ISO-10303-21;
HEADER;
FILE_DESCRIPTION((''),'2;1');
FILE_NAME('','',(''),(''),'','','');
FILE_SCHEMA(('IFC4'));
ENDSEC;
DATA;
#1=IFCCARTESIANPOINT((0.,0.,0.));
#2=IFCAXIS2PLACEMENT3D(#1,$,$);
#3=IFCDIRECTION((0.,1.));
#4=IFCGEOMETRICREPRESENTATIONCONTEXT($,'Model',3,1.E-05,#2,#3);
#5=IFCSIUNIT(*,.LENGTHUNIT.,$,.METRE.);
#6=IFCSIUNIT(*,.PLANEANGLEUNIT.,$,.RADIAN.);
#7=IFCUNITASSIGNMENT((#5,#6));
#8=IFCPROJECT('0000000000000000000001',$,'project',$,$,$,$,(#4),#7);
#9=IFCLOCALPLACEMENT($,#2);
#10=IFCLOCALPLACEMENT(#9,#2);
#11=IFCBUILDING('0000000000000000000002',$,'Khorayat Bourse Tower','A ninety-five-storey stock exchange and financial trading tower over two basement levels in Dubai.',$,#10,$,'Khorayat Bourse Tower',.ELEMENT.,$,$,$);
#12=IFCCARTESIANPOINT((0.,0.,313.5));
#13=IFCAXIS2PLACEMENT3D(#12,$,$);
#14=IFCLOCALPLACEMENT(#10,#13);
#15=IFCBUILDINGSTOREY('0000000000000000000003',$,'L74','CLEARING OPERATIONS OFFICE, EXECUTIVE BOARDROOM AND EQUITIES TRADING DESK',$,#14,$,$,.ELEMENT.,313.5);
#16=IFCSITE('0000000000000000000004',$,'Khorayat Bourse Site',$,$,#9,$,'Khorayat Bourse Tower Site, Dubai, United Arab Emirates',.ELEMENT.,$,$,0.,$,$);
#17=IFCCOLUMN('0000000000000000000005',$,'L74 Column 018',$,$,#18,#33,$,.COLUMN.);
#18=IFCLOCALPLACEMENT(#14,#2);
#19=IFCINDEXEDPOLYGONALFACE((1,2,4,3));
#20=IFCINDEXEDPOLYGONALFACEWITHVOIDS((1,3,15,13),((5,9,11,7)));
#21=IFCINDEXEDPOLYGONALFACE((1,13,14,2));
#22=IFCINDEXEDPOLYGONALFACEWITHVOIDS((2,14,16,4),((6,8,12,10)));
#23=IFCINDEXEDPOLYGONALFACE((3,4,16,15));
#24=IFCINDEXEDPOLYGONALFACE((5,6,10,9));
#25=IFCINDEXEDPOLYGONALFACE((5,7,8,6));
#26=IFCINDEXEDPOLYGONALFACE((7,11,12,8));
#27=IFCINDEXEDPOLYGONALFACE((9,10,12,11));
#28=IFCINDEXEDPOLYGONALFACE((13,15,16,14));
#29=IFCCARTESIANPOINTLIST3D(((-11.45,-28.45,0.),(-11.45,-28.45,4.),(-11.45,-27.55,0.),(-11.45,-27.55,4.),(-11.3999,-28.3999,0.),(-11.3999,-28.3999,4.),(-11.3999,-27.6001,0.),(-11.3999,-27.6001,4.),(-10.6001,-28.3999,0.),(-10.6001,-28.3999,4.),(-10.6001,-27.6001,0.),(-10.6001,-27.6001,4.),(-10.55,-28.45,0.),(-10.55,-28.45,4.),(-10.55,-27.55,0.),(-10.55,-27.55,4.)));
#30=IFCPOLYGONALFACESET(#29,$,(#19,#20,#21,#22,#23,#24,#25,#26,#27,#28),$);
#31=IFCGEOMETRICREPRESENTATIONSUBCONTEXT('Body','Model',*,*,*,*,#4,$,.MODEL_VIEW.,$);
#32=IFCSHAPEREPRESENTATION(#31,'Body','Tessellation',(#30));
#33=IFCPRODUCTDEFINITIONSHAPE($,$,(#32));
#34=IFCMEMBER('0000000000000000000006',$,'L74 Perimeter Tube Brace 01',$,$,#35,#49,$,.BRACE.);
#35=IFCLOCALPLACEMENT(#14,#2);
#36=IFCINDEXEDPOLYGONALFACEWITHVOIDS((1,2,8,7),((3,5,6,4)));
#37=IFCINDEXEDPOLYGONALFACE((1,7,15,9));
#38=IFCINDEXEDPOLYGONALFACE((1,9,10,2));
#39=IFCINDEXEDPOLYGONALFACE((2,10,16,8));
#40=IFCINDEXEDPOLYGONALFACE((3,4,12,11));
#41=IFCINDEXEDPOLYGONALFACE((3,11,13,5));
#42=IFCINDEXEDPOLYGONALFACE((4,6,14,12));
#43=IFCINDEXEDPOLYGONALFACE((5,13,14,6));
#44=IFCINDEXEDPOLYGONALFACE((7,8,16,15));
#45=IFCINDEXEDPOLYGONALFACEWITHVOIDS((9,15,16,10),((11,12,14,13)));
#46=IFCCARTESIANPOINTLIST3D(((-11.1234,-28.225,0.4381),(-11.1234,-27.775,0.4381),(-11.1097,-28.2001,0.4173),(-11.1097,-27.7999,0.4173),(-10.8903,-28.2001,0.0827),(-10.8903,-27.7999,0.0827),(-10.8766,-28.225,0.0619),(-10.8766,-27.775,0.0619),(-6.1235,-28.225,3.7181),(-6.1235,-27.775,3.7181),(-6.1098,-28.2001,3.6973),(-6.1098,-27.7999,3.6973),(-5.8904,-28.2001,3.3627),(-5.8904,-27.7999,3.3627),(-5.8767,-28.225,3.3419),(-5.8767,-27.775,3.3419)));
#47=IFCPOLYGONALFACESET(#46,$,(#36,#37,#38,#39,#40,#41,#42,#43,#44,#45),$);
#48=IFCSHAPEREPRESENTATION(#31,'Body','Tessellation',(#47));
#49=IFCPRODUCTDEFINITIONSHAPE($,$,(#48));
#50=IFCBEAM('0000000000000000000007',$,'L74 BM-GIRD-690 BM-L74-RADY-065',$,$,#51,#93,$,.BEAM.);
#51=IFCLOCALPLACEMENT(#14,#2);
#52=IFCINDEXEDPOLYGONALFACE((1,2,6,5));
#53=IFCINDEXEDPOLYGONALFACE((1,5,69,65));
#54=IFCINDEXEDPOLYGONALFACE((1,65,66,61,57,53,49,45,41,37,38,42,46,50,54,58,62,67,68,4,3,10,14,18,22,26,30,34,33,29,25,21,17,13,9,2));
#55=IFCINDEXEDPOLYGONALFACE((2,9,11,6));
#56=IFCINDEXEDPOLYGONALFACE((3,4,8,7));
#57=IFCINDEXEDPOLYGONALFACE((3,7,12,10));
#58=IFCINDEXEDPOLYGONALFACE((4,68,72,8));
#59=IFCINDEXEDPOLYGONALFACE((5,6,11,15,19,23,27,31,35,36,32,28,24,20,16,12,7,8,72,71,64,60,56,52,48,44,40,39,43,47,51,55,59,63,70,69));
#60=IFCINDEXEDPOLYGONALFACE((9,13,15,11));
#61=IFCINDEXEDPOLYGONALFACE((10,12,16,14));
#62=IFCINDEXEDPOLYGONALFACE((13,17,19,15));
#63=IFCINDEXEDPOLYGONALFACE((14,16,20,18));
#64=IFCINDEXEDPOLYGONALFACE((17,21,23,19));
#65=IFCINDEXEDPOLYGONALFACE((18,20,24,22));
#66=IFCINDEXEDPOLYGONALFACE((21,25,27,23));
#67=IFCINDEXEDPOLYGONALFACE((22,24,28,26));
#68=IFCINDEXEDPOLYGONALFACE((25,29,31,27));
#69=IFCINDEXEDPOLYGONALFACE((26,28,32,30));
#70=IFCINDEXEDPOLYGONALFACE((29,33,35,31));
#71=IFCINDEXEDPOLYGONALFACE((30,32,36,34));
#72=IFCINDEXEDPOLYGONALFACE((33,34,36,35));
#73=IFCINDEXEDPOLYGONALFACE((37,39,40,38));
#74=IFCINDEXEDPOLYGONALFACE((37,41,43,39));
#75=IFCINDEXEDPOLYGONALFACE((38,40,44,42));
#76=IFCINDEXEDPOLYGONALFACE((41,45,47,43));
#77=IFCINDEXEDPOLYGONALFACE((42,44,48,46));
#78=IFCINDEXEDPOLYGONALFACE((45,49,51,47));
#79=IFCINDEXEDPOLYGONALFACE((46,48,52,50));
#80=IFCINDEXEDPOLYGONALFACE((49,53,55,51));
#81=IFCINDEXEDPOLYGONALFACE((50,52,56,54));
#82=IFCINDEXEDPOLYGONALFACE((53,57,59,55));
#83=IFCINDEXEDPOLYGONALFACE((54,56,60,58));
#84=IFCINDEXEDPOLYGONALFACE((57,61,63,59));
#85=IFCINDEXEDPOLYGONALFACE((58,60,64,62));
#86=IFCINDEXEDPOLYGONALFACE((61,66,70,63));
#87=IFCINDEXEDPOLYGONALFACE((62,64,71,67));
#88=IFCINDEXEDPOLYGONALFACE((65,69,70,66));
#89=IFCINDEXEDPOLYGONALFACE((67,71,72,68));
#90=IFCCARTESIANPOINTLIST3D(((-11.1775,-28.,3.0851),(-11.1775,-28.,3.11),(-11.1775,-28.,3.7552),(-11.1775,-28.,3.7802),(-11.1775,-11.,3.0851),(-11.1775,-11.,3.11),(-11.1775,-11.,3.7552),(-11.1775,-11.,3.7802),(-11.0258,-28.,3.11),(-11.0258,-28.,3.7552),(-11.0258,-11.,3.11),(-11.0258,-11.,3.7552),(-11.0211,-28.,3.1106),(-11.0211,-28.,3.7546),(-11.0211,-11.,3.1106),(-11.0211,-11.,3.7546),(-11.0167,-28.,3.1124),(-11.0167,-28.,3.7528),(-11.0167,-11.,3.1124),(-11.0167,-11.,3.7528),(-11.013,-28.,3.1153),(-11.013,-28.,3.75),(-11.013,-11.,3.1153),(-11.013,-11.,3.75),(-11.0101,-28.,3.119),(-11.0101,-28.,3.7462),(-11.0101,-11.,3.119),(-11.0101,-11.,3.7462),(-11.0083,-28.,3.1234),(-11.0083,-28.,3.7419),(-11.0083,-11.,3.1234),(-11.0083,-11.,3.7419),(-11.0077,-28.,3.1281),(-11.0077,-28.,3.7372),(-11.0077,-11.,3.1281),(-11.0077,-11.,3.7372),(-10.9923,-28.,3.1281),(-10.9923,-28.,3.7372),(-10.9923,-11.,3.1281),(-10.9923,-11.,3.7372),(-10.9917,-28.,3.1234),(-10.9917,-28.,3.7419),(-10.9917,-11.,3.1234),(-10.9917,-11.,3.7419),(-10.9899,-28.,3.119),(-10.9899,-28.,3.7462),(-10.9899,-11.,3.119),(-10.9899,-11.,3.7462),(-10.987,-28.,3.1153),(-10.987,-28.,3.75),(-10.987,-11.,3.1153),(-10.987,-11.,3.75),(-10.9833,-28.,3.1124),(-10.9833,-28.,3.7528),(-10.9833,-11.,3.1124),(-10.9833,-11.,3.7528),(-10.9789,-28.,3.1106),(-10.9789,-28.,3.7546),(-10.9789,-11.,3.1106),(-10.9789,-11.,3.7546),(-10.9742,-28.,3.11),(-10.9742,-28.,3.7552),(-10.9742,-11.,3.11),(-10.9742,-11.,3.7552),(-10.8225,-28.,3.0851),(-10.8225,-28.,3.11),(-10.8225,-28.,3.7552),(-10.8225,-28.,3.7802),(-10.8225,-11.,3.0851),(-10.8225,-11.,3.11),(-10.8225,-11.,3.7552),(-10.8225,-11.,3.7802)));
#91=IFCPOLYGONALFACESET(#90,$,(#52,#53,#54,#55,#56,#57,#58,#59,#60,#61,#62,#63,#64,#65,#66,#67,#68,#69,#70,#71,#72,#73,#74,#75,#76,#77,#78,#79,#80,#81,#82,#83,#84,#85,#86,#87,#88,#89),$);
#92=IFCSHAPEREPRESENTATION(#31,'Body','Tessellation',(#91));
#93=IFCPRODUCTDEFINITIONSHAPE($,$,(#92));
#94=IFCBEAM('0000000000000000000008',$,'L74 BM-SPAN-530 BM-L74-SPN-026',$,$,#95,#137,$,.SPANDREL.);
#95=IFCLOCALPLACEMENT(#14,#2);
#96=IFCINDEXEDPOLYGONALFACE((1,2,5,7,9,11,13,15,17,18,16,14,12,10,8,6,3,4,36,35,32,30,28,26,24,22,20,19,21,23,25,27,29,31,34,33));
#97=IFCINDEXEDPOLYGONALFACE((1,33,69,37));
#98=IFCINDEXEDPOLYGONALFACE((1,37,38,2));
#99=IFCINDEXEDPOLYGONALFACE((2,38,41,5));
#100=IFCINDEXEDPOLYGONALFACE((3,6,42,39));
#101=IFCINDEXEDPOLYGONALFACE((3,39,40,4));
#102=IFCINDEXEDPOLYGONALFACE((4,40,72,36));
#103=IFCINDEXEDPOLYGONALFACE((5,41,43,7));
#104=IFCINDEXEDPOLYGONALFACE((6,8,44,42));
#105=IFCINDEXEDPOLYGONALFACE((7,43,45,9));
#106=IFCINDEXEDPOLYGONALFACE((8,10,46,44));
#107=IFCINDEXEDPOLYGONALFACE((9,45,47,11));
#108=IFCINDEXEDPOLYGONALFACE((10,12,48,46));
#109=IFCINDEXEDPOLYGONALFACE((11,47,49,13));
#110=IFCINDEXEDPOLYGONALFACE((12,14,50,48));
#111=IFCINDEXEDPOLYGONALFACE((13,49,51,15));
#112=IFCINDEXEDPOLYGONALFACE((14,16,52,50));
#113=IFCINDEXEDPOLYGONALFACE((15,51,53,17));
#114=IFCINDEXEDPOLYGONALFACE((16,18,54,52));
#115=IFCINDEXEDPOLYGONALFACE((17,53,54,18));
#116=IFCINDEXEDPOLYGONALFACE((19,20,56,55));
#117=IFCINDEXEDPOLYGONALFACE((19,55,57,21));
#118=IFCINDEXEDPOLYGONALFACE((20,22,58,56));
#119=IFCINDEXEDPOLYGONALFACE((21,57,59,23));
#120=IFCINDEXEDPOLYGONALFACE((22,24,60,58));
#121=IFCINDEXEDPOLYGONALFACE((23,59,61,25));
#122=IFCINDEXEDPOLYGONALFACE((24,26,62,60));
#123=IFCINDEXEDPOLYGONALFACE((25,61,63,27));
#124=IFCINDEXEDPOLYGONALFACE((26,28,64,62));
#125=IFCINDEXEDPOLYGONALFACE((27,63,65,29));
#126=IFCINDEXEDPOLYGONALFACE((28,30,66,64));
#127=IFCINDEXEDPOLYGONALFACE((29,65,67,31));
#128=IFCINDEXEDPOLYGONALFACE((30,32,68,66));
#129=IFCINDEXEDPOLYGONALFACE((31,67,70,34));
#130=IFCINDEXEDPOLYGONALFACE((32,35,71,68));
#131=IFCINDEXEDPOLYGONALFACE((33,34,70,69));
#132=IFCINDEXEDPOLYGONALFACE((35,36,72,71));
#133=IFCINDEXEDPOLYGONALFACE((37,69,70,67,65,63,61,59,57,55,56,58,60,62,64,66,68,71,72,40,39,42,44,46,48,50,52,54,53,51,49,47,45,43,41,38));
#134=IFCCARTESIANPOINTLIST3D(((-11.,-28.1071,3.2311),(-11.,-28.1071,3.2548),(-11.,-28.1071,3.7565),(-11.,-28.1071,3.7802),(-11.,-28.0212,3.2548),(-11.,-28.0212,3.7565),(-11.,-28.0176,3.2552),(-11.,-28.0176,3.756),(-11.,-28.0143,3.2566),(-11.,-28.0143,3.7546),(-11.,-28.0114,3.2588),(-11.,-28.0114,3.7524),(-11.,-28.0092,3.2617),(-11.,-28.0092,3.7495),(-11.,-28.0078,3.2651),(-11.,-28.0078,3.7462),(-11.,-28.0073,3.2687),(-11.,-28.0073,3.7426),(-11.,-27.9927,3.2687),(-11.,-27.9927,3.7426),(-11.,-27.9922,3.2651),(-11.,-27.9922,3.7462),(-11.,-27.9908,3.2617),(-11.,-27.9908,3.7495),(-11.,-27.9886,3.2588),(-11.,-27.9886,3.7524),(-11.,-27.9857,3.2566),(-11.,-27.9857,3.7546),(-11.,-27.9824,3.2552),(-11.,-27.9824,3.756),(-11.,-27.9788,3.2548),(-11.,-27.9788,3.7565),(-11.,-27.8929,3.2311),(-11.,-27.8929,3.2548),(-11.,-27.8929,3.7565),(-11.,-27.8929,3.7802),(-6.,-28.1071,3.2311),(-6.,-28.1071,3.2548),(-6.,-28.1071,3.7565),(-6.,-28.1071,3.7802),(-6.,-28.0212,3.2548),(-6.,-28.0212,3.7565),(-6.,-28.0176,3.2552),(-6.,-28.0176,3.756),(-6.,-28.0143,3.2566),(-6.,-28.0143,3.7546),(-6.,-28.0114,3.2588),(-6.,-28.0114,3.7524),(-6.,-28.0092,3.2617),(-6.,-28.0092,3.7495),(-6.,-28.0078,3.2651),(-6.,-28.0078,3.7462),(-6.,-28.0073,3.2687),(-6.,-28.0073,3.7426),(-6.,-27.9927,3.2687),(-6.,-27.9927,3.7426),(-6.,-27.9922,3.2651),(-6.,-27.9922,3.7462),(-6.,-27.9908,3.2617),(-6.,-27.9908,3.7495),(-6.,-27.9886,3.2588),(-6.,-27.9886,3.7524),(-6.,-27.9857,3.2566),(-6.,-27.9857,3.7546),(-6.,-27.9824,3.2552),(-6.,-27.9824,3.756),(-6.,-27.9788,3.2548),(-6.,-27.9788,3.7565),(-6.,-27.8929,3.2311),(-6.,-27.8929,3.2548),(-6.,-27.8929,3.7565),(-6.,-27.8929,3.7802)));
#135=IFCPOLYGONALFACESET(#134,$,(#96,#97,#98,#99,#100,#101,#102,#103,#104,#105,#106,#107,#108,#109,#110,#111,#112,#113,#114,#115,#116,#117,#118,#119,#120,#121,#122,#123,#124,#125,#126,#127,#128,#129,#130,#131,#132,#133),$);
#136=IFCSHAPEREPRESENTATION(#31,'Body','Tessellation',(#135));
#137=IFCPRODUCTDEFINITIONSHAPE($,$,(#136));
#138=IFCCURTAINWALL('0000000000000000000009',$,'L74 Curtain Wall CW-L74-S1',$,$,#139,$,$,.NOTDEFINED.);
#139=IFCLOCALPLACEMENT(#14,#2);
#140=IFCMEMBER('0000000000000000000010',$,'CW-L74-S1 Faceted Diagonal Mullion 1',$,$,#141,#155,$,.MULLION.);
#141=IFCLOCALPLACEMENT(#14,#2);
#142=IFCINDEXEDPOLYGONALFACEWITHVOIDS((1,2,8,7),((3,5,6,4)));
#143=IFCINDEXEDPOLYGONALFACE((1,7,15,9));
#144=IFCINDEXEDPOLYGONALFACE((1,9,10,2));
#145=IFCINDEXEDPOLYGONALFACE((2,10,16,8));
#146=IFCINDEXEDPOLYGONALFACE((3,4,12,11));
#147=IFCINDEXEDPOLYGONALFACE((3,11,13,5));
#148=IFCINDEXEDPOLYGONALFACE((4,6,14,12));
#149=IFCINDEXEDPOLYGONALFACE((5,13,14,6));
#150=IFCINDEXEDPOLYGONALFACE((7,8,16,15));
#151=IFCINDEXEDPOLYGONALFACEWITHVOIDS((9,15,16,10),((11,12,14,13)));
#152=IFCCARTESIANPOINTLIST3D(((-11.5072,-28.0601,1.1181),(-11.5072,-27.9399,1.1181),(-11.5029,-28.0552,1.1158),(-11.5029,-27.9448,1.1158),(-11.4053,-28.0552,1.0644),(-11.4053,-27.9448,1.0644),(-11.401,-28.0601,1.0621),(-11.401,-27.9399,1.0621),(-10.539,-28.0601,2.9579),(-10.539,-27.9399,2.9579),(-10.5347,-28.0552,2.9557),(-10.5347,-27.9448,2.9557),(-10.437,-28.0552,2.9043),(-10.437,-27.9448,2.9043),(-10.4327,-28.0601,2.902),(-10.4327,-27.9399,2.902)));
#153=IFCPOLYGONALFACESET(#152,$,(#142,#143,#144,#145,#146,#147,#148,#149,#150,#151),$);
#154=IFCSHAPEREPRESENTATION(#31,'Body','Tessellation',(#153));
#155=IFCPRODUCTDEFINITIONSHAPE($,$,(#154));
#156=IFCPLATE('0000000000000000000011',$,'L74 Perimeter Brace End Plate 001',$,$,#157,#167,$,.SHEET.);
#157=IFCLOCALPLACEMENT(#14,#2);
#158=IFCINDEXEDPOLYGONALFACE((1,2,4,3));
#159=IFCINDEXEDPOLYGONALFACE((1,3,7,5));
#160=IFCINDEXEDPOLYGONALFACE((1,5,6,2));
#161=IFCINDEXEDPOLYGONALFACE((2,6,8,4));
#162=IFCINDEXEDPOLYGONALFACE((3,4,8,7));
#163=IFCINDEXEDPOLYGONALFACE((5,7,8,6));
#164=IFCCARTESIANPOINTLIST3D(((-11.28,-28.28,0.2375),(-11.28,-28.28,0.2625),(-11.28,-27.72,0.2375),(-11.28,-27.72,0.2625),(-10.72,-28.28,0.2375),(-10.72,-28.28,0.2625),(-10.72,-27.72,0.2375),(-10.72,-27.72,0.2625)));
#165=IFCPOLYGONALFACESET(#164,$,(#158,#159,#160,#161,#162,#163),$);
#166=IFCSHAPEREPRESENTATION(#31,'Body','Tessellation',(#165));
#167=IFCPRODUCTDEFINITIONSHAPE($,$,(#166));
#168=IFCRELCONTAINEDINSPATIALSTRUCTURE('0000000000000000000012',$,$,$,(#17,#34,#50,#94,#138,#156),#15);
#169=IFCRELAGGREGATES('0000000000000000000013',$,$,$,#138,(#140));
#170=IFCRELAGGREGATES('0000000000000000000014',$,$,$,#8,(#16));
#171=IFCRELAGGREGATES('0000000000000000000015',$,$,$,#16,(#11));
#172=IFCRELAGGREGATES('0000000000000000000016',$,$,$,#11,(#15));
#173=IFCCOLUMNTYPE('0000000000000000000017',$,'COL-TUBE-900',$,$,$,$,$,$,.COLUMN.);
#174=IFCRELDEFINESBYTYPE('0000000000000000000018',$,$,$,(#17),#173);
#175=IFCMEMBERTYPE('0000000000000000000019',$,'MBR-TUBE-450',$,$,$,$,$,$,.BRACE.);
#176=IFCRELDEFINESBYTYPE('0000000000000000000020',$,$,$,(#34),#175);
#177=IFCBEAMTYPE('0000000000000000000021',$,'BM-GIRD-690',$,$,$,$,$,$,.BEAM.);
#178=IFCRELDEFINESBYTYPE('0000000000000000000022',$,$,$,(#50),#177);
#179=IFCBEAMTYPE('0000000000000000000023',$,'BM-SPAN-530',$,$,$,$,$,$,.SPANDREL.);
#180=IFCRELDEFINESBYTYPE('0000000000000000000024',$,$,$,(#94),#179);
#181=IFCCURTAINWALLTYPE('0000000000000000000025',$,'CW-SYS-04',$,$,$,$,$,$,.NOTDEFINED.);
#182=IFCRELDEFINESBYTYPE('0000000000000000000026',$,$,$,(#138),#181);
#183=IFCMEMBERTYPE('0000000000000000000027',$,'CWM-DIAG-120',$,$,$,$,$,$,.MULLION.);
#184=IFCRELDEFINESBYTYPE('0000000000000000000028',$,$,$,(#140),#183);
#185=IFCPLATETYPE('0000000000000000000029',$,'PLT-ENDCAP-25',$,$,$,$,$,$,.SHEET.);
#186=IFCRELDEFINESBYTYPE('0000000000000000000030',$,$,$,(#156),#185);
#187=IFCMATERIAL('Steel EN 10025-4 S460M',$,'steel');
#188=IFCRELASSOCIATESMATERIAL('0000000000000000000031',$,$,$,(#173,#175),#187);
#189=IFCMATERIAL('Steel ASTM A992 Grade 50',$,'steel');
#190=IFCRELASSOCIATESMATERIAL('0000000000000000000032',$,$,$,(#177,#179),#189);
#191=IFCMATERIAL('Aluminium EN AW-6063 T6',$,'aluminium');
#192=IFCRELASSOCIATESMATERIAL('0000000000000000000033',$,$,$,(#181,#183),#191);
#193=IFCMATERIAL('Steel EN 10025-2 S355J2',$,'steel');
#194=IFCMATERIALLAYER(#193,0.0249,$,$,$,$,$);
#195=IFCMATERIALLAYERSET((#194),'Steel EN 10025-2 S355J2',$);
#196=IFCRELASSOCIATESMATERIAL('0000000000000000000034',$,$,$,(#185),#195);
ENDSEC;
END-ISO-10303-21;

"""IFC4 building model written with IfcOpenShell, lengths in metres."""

from ifc_helpers import new_model, si_unit, direction, frame, origin, origin_2d, place, context, subcontext, project, spatial, rectangle, hollow_rectangle, i_section, extrude, source, transform, mapped, material, layer, layer_set, material_profile, profile_set, type_object, element, aggregate, save


model = new_model("IFC4")

# Units and contexts
model_context = context("Model", 3, precision=1e-05, world=origin(), true_north=direction((0.0, 1.0)))
body_context = subcontext(model_context, "Body", "Model", "MODEL_VIEW")
ifc_project = project(units=[si_unit("LENGTHUNIT", "METRE"), si_unit("PLANEANGLEUNIT", "RADIAN")], contexts=[model_context])

# Site, building, storey
site_placement = place(None, origin())
site = spatial("IfcSite", under=ifc_project, at=site_placement, Name="Khorayat Bourse Site", LongName="Khorayat Bourse Tower Site, Dubai, United Arab Emirates", CompositionType="ELEMENT", RefElevation=0.0)
building_placement = place(site_placement, origin())
building = spatial("IfcBuilding", under=site, at=building_placement, Name="Khorayat Bourse Tower", Description="A ninety-five-storey stock exchange and financial trading tower over two basement levels in Dubai.", LongName="Khorayat Bourse Tower", CompositionType="ELEMENT")
storey_placement = place(building_placement, frame((0.0, 0.0, 313.5)))
storey = spatial("IfcBuildingStorey", under=building, at=storey_placement, Name="L74", Description="CLEARING OPERATIONS OFFICE, EXECUTIVE BOARDROOM AND EQUITIES TRADING DESK", CompositionType="ELEMENT", Elevation=313.5)

# Column
ifc_material_1 = material(Name="Steel EN 10025-4 S460M", Category="steel")
ifc_material_profile_1 = material_profile(ifc_material_1, hollow_rectangle(XDim=0.8999, YDim=0.8999, WallThickness=0.05, at=origin_2d()), Name="BOX 900x900x50")
ifc_profile_set_1 = profile_set([ifc_material_profile_1], Name="Steel EN 10025-4 S460M")
column_type = type_object("IfcColumnType", Name="COL-TUBE-900", PredefinedType="COLUMN", material=ifc_profile_set_1)
shared_shape_1 = source(origin(), body_context, "Body", "SweptSolid", [
    extrude(hollow_rectangle(XDim=0.8999, YDim=0.8999, WallThickness=0.05, at=origin_2d()), origin(), (0.0, 0.0, 1.0), 4.0),
])
column_placement = place(storey_placement, frame((-11.0, -28.0, 0.0), z_axis=(0.0, 0.0, 1.0), x_axis=(1.0, 0.0, 0.0)))
element("IfcColumn", 1, at=column_placement, inside=storey, type_object=column_type, Name="L74 Column 018", PredefinedType="COLUMN", context=body_context, shape_type="MappedRepresentation", body=[
    mapped(shared_shape_1, transform((0.0, 0.0, 0.0), scale=1.0)),
])

# Member
ifc_material_profile_2 = material_profile(ifc_material_1, hollow_rectangle(XDim=0.45, YDim=0.45, WallThickness=0.0249, at=origin_2d()), Name="HSS 450x450x25")
ifc_profile_set_2 = profile_set([ifc_material_profile_2], Name="Steel EN 10025-4 S460M")
member_type_1 = type_object("IfcMemberType", Name="MBR-TUBE-450", PredefinedType="BRACE", material=ifc_profile_set_2)
shared_shape_2 = source(origin(), body_context, "Body", "SweptSolid", [
    extrude(hollow_rectangle(XDim=0.45, YDim=0.45, WallThickness=0.0249, at=origin_2d()), origin(), (0.0, 0.0, 1.0), 5.9797),
])
member_1_placement = place(storey_placement, frame((-11.0, -28.0, 0.25), z_axis=(0.836142, 0.0, 0.548514), x_axis=(0.0, 1.0, 0.0)))
element("IfcMember", 2, at=member_1_placement, inside=storey, type_object=member_type_1, Name="L74 Perimeter Tube Brace 01", PredefinedType="BRACE", context=body_context, shape_type="MappedRepresentation", body=[
    mapped(shared_shape_2, transform((0.0, 0.0, 0.0), scale=1.0)),
])

# Beams
ifc_material_2 = material(Name="Steel ASTM A992 Grade 50", Category="steel")
ifc_material_profile_3 = material_profile(ifc_material_2, i_section(OverallWidth=0.355, OverallDepth=0.6951, WebThickness=0.0154, FlangeThickness=0.0249, FilletRadius=0.0181, at=origin_2d()), Name="W690X217")
ifc_profile_set_3 = profile_set([ifc_material_profile_3], Name="Steel ASTM A992 Grade 50")
beam_type_1 = type_object("IfcBeamType", Name="BM-GIRD-690", PredefinedType="BEAM", material=ifc_profile_set_3)
shared_shape_3 = source(origin(), body_context, "Body", "SweptSolid", [
    extrude(i_section(OverallWidth=0.355, OverallDepth=0.6951, WebThickness=0.0154, FlangeThickness=0.0249, FilletRadius=0.0181, at=origin_2d()), origin(), (0.0, 0.0, 1.0), 17.0),
])
beam_1_placement = place(storey_placement, frame((-11.0, -28.0, 3.4326), z_axis=(0.0, 1.0, 0.0), x_axis=(-1.0, 0.0, 0.0)))
element("IfcBeam", 3, at=beam_1_placement, inside=storey, type_object=beam_type_1, Name="L74 BM-GIRD-690 BM-L74-RADY-065", PredefinedType="BEAM", context=body_context, shape_type="MappedRepresentation", body=[
    mapped(shared_shape_3, transform((0.0, 0.0, 0.0), scale=1.0)),
])
ifc_material_profile_4 = material_profile(ifc_material_2, i_section(OverallWidth=0.2141, OverallDepth=0.5491, WebThickness=0.0146, FlangeThickness=0.0237, FilletRadius=0.0139, at=origin_2d()), Name="W530X138")
ifc_profile_set_4 = profile_set([ifc_material_profile_4], Name="Steel ASTM A992 Grade 50")
beam_type_2 = type_object("IfcBeamType", Name="BM-SPAN-530", PredefinedType="SPANDREL", material=ifc_profile_set_4)
shared_shape_4 = source(origin(), body_context, "Body", "SweptSolid", [
    extrude(i_section(OverallWidth=0.2141, OverallDepth=0.5491, WebThickness=0.0146, FlangeThickness=0.0237, FilletRadius=0.0139, at=origin_2d()), origin(), (0.0, 0.0, 1.0), 5.0),
])
beam_2_placement = place(storey_placement, frame((-11.0, -28.0, 3.5056), z_axis=(1.0, 0.0, 0.0), x_axis=(0.0, 1.0, 0.0)))
element("IfcBeam", 4, at=beam_2_placement, inside=storey, type_object=beam_type_2, Name="L74 BM-SPAN-530 BM-L74-SPN-026", PredefinedType="SPANDREL", context=body_context, shape_type="MappedRepresentation", body=[
    mapped(shared_shape_4, transform((0.0, 0.0, 0.0), scale=1.0)),
])

# Curtain wall, member
ifc_material_3 = material(Name="Aluminium EN AW-6063 T6", Category="aluminium")
curtain_wall_type = type_object("IfcCurtainWallType", Name="CW-SYS-04", PredefinedType="NOTDEFINED", material=ifc_material_3)
curtain_wall_placement = place(storey_placement, origin())
curtain_wall = element("IfcCurtainWall", 5, at=curtain_wall_placement, inside=storey, type_object=curtain_wall_type, Name="L74 Curtain Wall CW-L74-S1", PredefinedType="NOTDEFINED")
ifc_material_profile_5 = material_profile(ifc_material_3, hollow_rectangle(XDim=0.1201, YDim=0.1201, WallThickness=0.0049, at=origin_2d()), Name="ALU 120x120x5")
ifc_profile_set_5 = profile_set([ifc_material_profile_5], Name="Aluminium EN AW-6063 T6")
member_type_2 = type_object("IfcMemberType", Name="CWM-DIAG-120", PredefinedType="MULLION", material=ifc_profile_set_5)
shared_shape_5 = source(origin(), body_context, "Body", "SweptSolid", [
    extrude(hollow_rectangle(XDim=0.1201, YDim=0.1201, WallThickness=0.0049, at=origin_2d()), origin(), (0.0, 0.0, 1.0), 2.0791),
])
member_2_placement = place(storey_placement, frame((-11.4541, -28.0, 1.0901), z_axis=(0.465717, 0.0, 0.884934), x_axis=(0.0, 1.0, 0.0)))
member_2 = element("IfcMember", 6, at=member_2_placement, type_object=member_type_2, Name="CW-L74-S1 Faceted Diagonal Mullion 1", PredefinedType="MULLION", context=body_context, shape_type="MappedRepresentation", body=[
    mapped(shared_shape_5, transform((0.0, 0.0, 0.0), scale=1.0)),
])

# Plate
ifc_material_4 = material(Name="Steel EN 10025-2 S355J2", Category="steel")
ifc_layer_1 = layer(ifc_material_4, 0.0249)
ifc_layer_set_1 = layer_set([ifc_layer_1], Name="Steel EN 10025-2 S355J2")
plate_type_1 = type_object("IfcPlateType", Name="PLT-ENDCAP-25", PredefinedType="SHEET", material=ifc_layer_set_1)
shared_shape_6 = source(origin(), body_context, "Body", "SweptSolid", [
    extrude(rectangle(XDim=0.5601, YDim=0.5601, at=origin_2d()), origin(), (0.0, 0.0, 1.0), 0.0249),
])
plate_1_placement = place(storey_placement, frame((-11.0, -28.0, 0.2375), z_axis=(0.0, 0.0, 1.0), x_axis=(1.0, 0.0, 0.0)))
element("IfcPlate", 7, at=plate_1_placement, inside=storey, type_object=plate_type_1, Name="L74 Perimeter Brace End Plate 001", PredefinedType="SHEET", context=body_context, shape_type="MappedRepresentation", body=[
    mapped(shared_shape_6, transform((0.0, 0.0, 0.0), scale=1.0)),
])
aggregate(curtain_wall, [member_2])

save(model, "model.ifc")
